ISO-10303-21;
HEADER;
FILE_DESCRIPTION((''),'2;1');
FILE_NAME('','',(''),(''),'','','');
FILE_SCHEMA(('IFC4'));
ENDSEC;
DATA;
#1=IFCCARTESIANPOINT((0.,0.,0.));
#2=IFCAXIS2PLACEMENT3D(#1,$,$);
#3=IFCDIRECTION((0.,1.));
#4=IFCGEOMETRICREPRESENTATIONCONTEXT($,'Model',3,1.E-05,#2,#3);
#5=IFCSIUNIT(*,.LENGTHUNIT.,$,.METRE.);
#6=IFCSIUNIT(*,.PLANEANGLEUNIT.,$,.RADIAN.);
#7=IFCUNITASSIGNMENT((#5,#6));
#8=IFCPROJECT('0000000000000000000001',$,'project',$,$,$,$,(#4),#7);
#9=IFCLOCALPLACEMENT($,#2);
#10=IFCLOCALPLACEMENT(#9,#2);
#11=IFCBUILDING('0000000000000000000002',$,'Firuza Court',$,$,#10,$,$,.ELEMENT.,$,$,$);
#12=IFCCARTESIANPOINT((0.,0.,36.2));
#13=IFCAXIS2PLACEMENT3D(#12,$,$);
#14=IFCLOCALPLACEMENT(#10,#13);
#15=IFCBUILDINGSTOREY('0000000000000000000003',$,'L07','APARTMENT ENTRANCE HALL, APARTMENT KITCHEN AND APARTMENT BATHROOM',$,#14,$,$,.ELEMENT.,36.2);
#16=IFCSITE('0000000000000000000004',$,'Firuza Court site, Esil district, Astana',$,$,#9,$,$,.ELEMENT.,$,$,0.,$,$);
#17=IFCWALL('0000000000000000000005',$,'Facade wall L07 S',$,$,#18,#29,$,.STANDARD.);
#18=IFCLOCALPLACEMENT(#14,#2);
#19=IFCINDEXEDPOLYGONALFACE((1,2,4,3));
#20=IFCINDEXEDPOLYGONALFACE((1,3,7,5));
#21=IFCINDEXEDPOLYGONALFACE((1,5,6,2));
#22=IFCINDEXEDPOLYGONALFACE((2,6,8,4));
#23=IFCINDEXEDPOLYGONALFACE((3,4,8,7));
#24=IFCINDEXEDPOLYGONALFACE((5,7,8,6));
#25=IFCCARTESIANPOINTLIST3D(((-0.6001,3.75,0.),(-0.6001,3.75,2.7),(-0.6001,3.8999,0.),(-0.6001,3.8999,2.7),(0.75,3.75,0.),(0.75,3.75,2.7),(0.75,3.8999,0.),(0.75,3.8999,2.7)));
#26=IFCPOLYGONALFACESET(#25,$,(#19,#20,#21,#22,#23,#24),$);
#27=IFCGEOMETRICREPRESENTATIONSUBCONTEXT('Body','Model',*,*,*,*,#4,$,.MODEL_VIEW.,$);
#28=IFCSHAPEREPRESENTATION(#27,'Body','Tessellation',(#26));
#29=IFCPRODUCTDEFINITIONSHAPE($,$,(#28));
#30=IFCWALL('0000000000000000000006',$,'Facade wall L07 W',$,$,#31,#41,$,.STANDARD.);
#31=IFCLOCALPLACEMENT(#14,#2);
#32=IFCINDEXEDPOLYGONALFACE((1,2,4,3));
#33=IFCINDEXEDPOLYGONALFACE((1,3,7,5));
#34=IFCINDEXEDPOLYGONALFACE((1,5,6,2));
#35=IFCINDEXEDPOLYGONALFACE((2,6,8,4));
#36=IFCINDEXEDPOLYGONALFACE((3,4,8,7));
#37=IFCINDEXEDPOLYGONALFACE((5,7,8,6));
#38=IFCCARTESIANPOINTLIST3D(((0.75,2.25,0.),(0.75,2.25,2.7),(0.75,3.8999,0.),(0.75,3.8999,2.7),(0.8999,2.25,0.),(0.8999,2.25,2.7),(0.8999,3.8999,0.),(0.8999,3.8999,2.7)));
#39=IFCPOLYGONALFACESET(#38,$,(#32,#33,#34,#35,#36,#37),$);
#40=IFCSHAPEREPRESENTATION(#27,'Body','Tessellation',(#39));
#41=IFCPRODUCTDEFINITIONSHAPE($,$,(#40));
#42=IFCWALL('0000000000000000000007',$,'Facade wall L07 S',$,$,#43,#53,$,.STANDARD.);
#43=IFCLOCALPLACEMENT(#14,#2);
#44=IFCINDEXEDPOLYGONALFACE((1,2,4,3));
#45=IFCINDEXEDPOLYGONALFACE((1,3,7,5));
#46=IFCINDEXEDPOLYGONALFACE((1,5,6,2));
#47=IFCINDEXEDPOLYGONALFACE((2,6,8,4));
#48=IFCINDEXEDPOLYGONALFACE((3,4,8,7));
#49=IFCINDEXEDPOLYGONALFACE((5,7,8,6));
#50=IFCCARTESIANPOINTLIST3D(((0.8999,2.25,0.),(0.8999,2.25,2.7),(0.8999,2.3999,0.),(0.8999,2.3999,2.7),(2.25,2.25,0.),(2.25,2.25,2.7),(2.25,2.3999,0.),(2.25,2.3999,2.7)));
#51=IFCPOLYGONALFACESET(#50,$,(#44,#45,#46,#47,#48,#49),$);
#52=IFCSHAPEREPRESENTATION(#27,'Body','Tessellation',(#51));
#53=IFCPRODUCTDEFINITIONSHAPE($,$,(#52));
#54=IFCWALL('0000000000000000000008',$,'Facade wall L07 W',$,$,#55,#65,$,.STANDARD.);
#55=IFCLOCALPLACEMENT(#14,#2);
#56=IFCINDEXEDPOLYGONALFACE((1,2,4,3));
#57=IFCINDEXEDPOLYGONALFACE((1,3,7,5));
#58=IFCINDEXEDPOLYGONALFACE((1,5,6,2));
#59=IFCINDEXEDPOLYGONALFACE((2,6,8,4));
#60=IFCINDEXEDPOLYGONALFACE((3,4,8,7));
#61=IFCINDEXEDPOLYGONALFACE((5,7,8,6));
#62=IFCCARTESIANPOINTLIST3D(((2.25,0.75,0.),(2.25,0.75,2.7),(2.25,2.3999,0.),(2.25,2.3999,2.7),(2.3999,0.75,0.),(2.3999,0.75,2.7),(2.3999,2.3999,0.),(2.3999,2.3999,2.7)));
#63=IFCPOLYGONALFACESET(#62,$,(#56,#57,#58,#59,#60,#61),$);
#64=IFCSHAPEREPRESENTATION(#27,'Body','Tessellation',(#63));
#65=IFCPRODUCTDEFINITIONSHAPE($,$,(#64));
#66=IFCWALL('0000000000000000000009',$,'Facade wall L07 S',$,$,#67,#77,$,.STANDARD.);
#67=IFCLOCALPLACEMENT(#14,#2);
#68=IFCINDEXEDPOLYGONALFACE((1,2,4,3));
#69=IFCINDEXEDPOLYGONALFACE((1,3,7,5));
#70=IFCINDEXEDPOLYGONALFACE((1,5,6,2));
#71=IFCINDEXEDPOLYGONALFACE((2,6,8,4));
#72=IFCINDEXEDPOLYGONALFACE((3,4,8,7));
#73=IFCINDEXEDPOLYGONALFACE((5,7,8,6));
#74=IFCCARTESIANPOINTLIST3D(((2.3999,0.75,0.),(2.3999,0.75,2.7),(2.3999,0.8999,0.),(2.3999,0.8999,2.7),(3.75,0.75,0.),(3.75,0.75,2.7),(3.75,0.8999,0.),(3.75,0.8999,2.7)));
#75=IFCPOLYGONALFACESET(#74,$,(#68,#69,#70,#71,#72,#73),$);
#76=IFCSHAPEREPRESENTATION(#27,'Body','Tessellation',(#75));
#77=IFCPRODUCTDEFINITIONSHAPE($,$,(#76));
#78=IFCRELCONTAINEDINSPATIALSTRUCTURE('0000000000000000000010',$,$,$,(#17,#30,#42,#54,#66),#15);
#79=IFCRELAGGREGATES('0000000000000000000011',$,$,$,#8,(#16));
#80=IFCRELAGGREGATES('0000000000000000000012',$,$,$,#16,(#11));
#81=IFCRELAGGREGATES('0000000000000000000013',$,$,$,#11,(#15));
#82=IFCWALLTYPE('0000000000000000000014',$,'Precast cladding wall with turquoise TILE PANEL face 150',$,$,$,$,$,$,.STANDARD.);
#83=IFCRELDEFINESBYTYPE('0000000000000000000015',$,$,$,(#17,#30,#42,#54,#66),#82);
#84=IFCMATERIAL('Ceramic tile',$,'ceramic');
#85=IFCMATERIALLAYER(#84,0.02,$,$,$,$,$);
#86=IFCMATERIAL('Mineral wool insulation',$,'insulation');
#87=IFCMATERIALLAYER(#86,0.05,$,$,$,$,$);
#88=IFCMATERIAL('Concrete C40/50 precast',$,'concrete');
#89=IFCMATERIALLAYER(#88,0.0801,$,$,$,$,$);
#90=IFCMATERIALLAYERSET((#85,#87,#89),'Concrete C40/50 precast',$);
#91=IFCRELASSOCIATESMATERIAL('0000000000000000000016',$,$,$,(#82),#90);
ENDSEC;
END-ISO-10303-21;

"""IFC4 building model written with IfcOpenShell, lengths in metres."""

from ifc_helpers import new_model, si_unit, direction, frame, frame_2d, origin, place, context, subcontext, project, spatial, rectangle, extrude, material, layer, layer_set, type_object, element, save


model = new_model("IFC4")

# Units and contexts
model_context = context("Model", 3, precision=1e-05, world=origin(), true_north=direction((0.0, 1.0)))
body_context = subcontext(model_context, "Body", "Model", "MODEL_VIEW")
ifc_project = project(units=[si_unit("LENGTHUNIT", "METRE"), si_unit("PLANEANGLEUNIT", "RADIAN")], contexts=[model_context])

# Site, building, storey
site_placement = place(None, origin())
site = spatial("IfcSite", under=ifc_project, at=site_placement, Name="Firuza Court site, Esil district, Astana", CompositionType="ELEMENT", RefElevation=0.0)
building_placement = place(site_placement, origin())
building = spatial("IfcBuilding", under=site, at=building_placement, Name="Firuza Court", CompositionType="ELEMENT")
storey_placement = place(building_placement, frame((0.0, 0.0, 36.2)))
storey = spatial("IfcBuildingStorey", under=building, at=storey_placement, Name="L07", Description="APARTMENT ENTRANCE HALL, APARTMENT KITCHEN AND APARTMENT BATHROOM", CompositionType="ELEMENT", Elevation=36.2)

# Shared definitions
ifc_material_1 = material(Name="Ceramic tile", Category="ceramic")

# Shared definitions
ifc_material_2 = material(Name="Concrete C40/50 precast", Category="concrete")

# Walls
ifc_layer_1 = layer(ifc_material_1, 0.02)
ifc_material_3 = material(Name="Mineral wool insulation", Category="insulation")
ifc_layer_2 = layer(ifc_material_3, 0.05)
ifc_layer_3 = layer(ifc_material_2, 0.0801)
ifc_layer_set_1 = layer_set([ifc_layer_1, ifc_layer_2, ifc_layer_3], Name="Concrete C40/50 precast")
wall_type_1 = type_object("IfcWallType", Name="Precast cladding wall with turquoise TILE PANEL face 150", PredefinedType="STANDARD", material=ifc_layer_set_1)
wall_1_placement = place(storey_placement, frame((-0.6001, 3.825, 0.0), z_axis=(0.0, 0.0, 1.0), x_axis=(1.0, 0.0, 0.0)))
element("IfcWall", 1, at=wall_1_placement, inside=storey, type_object=wall_type_1, Name="Facade wall L07 S", PredefinedType="STANDARD", context=body_context, shape_type="SweptSolid", body=[
    extrude(rectangle(XDim=1.3501, YDim=0.1499, at=frame_2d((0.675, 0.0))), origin(), (0.0, 0.0, 1.0), 2.7),
])
wall_2_placement = place(storey_placement, frame((0.825, 3.8999, 0.0), z_axis=(0.0, 0.0, 1.0), x_axis=(0.0, -1.0, 0.0)))
element("IfcWall", 2, at=wall_2_placement, inside=storey, type_object=wall_type_1, Name="Facade wall L07 W", PredefinedType="STANDARD", context=body_context, shape_type="SweptSolid", body=[
    extrude(rectangle(XDim=1.6499, YDim=0.1499, at=frame_2d((0.825, 0.0))), origin(), (0.0, 0.0, 1.0), 2.7),
])
wall_3_placement = place(storey_placement, frame((0.8999, 2.325, 0.0), z_axis=(0.0, 0.0, 1.0), x_axis=(1.0, 0.0, 0.0)))
element("IfcWall", 3, at=wall_3_placement, inside=storey, type_object=wall_type_1, Name="Facade wall L07 S", PredefinedType="STANDARD", context=body_context, shape_type="SweptSolid", body=[
    extrude(rectangle(XDim=1.3501, YDim=0.1499, at=frame_2d((0.675, 0.0))), origin(), (0.0, 0.0, 1.0), 2.7),
])
wall_4_placement = place(storey_placement, frame((2.325, 2.3999, 0.0), z_axis=(0.0, 0.0, 1.0), x_axis=(0.0, -1.0, 0.0)))
element("IfcWall", 4, at=wall_4_placement, inside=storey, type_object=wall_type_1, Name="Facade wall L07 W", PredefinedType="STANDARD", context=body_context, shape_type="SweptSolid", body=[
    extrude(rectangle(XDim=1.6499, YDim=0.1499, at=frame_2d((0.825, 0.0))), origin(), (0.0, 0.0, 1.0), 2.7),
])
wall_5_placement = place(storey_placement, frame((2.3999, 0.825, 0.0), z_axis=(0.0, 0.0, 1.0), x_axis=(1.0, 0.0, 0.0)))
element("IfcWall", 5, at=wall_5_placement, inside=storey, type_object=wall_type_1, Name="Facade wall L07 S", PredefinedType="STANDARD", context=body_context, shape_type="SweptSolid", body=[
    extrude(rectangle(XDim=1.3501, YDim=0.1499, at=frame_2d((0.675, 0.0))), origin(), (0.0, 0.0, 1.0), 2.7),
])

save(model, "model.ifc")
